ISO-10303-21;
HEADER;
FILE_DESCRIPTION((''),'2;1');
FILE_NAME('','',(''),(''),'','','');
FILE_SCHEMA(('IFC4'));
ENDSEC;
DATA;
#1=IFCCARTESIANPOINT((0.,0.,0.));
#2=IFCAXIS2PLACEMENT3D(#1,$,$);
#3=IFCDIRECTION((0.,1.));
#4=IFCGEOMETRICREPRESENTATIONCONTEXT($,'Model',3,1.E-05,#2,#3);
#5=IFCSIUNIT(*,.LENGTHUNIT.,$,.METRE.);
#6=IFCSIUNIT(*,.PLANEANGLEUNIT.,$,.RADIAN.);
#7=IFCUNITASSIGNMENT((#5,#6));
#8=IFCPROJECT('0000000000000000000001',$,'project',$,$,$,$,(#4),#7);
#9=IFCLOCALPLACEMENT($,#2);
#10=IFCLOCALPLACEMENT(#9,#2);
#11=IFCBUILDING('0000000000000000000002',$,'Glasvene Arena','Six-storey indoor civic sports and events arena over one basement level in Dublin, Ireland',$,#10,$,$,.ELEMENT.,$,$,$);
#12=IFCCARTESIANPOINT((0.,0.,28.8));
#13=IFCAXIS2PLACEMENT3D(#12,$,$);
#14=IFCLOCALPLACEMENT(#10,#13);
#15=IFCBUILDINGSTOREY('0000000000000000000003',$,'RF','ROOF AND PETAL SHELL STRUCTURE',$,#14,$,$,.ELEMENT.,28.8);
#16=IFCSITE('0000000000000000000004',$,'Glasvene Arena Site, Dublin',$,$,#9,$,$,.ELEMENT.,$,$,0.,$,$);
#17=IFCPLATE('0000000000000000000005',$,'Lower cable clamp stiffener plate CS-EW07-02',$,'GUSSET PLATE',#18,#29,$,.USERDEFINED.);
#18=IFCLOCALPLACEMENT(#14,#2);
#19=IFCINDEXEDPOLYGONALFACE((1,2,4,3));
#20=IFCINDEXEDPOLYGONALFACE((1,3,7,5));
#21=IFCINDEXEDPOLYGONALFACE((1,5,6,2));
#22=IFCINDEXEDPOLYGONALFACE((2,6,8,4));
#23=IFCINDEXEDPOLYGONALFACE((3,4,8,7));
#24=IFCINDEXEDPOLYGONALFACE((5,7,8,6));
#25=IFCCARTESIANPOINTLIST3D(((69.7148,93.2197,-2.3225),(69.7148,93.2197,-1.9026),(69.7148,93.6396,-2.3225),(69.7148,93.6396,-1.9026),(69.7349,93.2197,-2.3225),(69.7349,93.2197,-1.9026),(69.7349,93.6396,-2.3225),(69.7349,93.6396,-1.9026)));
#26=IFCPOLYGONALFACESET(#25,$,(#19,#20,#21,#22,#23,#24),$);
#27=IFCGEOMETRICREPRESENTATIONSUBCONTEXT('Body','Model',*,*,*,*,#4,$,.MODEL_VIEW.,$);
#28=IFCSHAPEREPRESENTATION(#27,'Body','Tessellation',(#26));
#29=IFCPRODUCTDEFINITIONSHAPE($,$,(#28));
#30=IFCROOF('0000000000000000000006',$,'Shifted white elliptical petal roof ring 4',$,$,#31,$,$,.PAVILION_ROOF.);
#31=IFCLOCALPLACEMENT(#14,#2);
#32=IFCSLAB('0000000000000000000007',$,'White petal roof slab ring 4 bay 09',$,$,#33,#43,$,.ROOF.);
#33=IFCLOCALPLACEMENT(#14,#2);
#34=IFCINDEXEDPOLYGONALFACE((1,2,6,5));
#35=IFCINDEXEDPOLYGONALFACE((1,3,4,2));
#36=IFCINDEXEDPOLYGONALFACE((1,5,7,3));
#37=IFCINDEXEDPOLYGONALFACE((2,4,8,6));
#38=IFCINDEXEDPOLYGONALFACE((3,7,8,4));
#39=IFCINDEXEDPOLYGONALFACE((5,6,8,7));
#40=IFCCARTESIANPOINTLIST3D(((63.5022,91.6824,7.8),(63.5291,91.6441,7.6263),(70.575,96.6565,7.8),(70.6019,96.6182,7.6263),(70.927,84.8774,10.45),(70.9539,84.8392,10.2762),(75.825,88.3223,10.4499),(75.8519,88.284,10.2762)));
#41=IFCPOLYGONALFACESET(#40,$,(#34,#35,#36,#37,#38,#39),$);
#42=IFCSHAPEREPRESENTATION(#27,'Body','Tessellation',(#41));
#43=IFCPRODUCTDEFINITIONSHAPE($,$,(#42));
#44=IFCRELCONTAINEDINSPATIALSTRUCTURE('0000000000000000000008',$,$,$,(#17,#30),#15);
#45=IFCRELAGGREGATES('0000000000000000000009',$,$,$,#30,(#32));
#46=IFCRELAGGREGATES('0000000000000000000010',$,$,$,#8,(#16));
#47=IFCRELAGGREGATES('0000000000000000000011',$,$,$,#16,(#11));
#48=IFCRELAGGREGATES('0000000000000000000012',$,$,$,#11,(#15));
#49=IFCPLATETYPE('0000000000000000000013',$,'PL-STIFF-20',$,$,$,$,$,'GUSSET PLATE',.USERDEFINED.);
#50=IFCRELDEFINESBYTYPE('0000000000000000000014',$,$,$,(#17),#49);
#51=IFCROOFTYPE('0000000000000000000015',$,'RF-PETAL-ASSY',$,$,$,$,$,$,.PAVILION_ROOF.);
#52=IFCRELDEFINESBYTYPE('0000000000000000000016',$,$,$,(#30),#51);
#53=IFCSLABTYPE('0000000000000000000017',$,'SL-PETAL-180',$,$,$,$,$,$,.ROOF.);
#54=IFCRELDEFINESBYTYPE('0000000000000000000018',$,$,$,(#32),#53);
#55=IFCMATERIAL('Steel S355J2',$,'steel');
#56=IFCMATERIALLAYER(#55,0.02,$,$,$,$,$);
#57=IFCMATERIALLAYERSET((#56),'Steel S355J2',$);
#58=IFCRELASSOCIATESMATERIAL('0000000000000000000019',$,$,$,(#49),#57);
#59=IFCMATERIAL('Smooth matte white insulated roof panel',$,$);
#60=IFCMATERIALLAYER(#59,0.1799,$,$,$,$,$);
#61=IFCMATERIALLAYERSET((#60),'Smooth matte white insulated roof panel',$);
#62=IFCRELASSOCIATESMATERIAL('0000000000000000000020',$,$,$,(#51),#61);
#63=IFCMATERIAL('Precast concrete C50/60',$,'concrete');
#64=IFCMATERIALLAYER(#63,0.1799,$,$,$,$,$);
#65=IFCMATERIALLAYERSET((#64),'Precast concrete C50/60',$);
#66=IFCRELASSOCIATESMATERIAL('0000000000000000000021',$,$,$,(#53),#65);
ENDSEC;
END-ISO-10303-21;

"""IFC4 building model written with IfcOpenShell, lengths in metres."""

from ifc_helpers import new_model, si_unit, direction, frame, origin, origin_2d, place, context, subcontext, project, spatial, polyline, rectangle, outline, extrude, material, layer, layer_set, type_object, element, aggregate, save


model = new_model("IFC4")

# Units and contexts
model_context = context("Model", 3, precision=1e-05, world=origin(), true_north=direction((0.0, 1.0)))
body_context = subcontext(model_context, "Body", "Model", "MODEL_VIEW")
ifc_project = project(units=[si_unit("LENGTHUNIT", "METRE"), si_unit("PLANEANGLEUNIT", "RADIAN")], contexts=[model_context])

# Site, building, storey
site_placement = place(None, origin())
site = spatial("IfcSite", under=ifc_project, at=site_placement, Name="Glasvene Arena Site, Dublin", CompositionType="ELEMENT", RefElevation=0.0)
building_placement = place(site_placement, origin())
building = spatial("IfcBuilding", under=site, at=building_placement, Name="Glasvene Arena", Description="Six-storey indoor civic sports and events arena over one basement level in Dublin, Ireland", CompositionType="ELEMENT")
storey_placement = place(building_placement, frame((0.0, 0.0, 28.8)))
storey = spatial("IfcBuildingStorey", under=building, at=storey_placement, Name="RF", Description="ROOF AND PETAL SHELL STRUCTURE", CompositionType="ELEMENT", Elevation=28.8)

# Shared definitions
ifc_material_1 = material(Name="Steel S355J2", Category="steel")

# Plate
ifc_layer_1 = layer(ifc_material_1, 0.02)
ifc_layer_set_1 = layer_set([ifc_layer_1], Name="Steel S355J2")
plate_type_1 = type_object("IfcPlateType", Name="PL-STIFF-20", ElementType="GUSSET PLATE", PredefinedType="USERDEFINED", material=ifc_layer_set_1)
for number, where, z_axis, x_axis, name in (
    (1, (69.7249, 93.4297, -2.3225), (0.0, 0.0, 1.0), (1.0, 0.0, 0.0), "Lower cable clamp stiffener plate CS-EW07-02"),
):
    element("IfcPlate", number, at=place(storey_placement, frame(where, z_axis=z_axis, x_axis=x_axis)), inside=storey, type_object=plate_type_1, Name=name, ObjectType="GUSSET PLATE", PredefinedType="USERDEFINED", context=body_context, shape_type="SweptSolid", body=[
        extrude(rectangle(XDim=0.02, YDim=0.4199, at=origin_2d()), origin(), (0.0, 0.0, 1.0), 0.4199),
    ])

# Roof, slab
ifc_material_2 = material(Name="Smooth matte white insulated roof panel")
ifc_layer_2 = layer(ifc_material_2, 0.1799)
ifc_layer_set_2 = layer_set([ifc_layer_2], Name="Smooth matte white insulated roof panel")
roof_type = type_object("IfcRoofType", Name="RF-PETAL-ASSY", PredefinedType="PAVILION_ROOF", material=ifc_layer_set_2)
roof_placement = place(storey_placement, frame((87.6499, 69.55, 7.8)))
roof = element("IfcRoof", 2, at=roof_placement, inside=storey, type_object=roof_type, Name="Shifted white elliptical petal roof ring 4", PredefinedType="PAVILION_ROOF")
ifc_material_3 = material(Name="Precast concrete C50/60", Category="concrete")
ifc_layer_3 = layer(ifc_material_3, 0.1799)
ifc_layer_set_3 = layer_set([ifc_layer_3], Name="Precast concrete C50/60")
slab_type = type_object("IfcSlabType", Name="SL-PETAL-180", PredefinedType="ROOF", material=ifc_layer_set_3)
slab_placement = place(storey_placement, frame((70.575, 96.6565, 7.8), z_axis=(-0.149628, 0.212752, 0.965582), x_axis=(-0.817969, -0.575262, -0.000003)))
slab = element("IfcSlab", 3, at=slab_placement, type_object=slab_type, Name="White petal roof slab ring 4 bay 09", PredefinedType="ROOF", context=body_context, shape_type="SweptSolid", body=[
    extrude(outline(polyline([(0.0, 0.0), (8.6467, 0.0), (6.4881, 10.1881), (0.5, 10.1879), (0.0, 0.0)])), origin(), (0.0, 0.0, -1.0), 0.1799),
])
aggregate(roof, [slab])

save(model, "model.ifc")
